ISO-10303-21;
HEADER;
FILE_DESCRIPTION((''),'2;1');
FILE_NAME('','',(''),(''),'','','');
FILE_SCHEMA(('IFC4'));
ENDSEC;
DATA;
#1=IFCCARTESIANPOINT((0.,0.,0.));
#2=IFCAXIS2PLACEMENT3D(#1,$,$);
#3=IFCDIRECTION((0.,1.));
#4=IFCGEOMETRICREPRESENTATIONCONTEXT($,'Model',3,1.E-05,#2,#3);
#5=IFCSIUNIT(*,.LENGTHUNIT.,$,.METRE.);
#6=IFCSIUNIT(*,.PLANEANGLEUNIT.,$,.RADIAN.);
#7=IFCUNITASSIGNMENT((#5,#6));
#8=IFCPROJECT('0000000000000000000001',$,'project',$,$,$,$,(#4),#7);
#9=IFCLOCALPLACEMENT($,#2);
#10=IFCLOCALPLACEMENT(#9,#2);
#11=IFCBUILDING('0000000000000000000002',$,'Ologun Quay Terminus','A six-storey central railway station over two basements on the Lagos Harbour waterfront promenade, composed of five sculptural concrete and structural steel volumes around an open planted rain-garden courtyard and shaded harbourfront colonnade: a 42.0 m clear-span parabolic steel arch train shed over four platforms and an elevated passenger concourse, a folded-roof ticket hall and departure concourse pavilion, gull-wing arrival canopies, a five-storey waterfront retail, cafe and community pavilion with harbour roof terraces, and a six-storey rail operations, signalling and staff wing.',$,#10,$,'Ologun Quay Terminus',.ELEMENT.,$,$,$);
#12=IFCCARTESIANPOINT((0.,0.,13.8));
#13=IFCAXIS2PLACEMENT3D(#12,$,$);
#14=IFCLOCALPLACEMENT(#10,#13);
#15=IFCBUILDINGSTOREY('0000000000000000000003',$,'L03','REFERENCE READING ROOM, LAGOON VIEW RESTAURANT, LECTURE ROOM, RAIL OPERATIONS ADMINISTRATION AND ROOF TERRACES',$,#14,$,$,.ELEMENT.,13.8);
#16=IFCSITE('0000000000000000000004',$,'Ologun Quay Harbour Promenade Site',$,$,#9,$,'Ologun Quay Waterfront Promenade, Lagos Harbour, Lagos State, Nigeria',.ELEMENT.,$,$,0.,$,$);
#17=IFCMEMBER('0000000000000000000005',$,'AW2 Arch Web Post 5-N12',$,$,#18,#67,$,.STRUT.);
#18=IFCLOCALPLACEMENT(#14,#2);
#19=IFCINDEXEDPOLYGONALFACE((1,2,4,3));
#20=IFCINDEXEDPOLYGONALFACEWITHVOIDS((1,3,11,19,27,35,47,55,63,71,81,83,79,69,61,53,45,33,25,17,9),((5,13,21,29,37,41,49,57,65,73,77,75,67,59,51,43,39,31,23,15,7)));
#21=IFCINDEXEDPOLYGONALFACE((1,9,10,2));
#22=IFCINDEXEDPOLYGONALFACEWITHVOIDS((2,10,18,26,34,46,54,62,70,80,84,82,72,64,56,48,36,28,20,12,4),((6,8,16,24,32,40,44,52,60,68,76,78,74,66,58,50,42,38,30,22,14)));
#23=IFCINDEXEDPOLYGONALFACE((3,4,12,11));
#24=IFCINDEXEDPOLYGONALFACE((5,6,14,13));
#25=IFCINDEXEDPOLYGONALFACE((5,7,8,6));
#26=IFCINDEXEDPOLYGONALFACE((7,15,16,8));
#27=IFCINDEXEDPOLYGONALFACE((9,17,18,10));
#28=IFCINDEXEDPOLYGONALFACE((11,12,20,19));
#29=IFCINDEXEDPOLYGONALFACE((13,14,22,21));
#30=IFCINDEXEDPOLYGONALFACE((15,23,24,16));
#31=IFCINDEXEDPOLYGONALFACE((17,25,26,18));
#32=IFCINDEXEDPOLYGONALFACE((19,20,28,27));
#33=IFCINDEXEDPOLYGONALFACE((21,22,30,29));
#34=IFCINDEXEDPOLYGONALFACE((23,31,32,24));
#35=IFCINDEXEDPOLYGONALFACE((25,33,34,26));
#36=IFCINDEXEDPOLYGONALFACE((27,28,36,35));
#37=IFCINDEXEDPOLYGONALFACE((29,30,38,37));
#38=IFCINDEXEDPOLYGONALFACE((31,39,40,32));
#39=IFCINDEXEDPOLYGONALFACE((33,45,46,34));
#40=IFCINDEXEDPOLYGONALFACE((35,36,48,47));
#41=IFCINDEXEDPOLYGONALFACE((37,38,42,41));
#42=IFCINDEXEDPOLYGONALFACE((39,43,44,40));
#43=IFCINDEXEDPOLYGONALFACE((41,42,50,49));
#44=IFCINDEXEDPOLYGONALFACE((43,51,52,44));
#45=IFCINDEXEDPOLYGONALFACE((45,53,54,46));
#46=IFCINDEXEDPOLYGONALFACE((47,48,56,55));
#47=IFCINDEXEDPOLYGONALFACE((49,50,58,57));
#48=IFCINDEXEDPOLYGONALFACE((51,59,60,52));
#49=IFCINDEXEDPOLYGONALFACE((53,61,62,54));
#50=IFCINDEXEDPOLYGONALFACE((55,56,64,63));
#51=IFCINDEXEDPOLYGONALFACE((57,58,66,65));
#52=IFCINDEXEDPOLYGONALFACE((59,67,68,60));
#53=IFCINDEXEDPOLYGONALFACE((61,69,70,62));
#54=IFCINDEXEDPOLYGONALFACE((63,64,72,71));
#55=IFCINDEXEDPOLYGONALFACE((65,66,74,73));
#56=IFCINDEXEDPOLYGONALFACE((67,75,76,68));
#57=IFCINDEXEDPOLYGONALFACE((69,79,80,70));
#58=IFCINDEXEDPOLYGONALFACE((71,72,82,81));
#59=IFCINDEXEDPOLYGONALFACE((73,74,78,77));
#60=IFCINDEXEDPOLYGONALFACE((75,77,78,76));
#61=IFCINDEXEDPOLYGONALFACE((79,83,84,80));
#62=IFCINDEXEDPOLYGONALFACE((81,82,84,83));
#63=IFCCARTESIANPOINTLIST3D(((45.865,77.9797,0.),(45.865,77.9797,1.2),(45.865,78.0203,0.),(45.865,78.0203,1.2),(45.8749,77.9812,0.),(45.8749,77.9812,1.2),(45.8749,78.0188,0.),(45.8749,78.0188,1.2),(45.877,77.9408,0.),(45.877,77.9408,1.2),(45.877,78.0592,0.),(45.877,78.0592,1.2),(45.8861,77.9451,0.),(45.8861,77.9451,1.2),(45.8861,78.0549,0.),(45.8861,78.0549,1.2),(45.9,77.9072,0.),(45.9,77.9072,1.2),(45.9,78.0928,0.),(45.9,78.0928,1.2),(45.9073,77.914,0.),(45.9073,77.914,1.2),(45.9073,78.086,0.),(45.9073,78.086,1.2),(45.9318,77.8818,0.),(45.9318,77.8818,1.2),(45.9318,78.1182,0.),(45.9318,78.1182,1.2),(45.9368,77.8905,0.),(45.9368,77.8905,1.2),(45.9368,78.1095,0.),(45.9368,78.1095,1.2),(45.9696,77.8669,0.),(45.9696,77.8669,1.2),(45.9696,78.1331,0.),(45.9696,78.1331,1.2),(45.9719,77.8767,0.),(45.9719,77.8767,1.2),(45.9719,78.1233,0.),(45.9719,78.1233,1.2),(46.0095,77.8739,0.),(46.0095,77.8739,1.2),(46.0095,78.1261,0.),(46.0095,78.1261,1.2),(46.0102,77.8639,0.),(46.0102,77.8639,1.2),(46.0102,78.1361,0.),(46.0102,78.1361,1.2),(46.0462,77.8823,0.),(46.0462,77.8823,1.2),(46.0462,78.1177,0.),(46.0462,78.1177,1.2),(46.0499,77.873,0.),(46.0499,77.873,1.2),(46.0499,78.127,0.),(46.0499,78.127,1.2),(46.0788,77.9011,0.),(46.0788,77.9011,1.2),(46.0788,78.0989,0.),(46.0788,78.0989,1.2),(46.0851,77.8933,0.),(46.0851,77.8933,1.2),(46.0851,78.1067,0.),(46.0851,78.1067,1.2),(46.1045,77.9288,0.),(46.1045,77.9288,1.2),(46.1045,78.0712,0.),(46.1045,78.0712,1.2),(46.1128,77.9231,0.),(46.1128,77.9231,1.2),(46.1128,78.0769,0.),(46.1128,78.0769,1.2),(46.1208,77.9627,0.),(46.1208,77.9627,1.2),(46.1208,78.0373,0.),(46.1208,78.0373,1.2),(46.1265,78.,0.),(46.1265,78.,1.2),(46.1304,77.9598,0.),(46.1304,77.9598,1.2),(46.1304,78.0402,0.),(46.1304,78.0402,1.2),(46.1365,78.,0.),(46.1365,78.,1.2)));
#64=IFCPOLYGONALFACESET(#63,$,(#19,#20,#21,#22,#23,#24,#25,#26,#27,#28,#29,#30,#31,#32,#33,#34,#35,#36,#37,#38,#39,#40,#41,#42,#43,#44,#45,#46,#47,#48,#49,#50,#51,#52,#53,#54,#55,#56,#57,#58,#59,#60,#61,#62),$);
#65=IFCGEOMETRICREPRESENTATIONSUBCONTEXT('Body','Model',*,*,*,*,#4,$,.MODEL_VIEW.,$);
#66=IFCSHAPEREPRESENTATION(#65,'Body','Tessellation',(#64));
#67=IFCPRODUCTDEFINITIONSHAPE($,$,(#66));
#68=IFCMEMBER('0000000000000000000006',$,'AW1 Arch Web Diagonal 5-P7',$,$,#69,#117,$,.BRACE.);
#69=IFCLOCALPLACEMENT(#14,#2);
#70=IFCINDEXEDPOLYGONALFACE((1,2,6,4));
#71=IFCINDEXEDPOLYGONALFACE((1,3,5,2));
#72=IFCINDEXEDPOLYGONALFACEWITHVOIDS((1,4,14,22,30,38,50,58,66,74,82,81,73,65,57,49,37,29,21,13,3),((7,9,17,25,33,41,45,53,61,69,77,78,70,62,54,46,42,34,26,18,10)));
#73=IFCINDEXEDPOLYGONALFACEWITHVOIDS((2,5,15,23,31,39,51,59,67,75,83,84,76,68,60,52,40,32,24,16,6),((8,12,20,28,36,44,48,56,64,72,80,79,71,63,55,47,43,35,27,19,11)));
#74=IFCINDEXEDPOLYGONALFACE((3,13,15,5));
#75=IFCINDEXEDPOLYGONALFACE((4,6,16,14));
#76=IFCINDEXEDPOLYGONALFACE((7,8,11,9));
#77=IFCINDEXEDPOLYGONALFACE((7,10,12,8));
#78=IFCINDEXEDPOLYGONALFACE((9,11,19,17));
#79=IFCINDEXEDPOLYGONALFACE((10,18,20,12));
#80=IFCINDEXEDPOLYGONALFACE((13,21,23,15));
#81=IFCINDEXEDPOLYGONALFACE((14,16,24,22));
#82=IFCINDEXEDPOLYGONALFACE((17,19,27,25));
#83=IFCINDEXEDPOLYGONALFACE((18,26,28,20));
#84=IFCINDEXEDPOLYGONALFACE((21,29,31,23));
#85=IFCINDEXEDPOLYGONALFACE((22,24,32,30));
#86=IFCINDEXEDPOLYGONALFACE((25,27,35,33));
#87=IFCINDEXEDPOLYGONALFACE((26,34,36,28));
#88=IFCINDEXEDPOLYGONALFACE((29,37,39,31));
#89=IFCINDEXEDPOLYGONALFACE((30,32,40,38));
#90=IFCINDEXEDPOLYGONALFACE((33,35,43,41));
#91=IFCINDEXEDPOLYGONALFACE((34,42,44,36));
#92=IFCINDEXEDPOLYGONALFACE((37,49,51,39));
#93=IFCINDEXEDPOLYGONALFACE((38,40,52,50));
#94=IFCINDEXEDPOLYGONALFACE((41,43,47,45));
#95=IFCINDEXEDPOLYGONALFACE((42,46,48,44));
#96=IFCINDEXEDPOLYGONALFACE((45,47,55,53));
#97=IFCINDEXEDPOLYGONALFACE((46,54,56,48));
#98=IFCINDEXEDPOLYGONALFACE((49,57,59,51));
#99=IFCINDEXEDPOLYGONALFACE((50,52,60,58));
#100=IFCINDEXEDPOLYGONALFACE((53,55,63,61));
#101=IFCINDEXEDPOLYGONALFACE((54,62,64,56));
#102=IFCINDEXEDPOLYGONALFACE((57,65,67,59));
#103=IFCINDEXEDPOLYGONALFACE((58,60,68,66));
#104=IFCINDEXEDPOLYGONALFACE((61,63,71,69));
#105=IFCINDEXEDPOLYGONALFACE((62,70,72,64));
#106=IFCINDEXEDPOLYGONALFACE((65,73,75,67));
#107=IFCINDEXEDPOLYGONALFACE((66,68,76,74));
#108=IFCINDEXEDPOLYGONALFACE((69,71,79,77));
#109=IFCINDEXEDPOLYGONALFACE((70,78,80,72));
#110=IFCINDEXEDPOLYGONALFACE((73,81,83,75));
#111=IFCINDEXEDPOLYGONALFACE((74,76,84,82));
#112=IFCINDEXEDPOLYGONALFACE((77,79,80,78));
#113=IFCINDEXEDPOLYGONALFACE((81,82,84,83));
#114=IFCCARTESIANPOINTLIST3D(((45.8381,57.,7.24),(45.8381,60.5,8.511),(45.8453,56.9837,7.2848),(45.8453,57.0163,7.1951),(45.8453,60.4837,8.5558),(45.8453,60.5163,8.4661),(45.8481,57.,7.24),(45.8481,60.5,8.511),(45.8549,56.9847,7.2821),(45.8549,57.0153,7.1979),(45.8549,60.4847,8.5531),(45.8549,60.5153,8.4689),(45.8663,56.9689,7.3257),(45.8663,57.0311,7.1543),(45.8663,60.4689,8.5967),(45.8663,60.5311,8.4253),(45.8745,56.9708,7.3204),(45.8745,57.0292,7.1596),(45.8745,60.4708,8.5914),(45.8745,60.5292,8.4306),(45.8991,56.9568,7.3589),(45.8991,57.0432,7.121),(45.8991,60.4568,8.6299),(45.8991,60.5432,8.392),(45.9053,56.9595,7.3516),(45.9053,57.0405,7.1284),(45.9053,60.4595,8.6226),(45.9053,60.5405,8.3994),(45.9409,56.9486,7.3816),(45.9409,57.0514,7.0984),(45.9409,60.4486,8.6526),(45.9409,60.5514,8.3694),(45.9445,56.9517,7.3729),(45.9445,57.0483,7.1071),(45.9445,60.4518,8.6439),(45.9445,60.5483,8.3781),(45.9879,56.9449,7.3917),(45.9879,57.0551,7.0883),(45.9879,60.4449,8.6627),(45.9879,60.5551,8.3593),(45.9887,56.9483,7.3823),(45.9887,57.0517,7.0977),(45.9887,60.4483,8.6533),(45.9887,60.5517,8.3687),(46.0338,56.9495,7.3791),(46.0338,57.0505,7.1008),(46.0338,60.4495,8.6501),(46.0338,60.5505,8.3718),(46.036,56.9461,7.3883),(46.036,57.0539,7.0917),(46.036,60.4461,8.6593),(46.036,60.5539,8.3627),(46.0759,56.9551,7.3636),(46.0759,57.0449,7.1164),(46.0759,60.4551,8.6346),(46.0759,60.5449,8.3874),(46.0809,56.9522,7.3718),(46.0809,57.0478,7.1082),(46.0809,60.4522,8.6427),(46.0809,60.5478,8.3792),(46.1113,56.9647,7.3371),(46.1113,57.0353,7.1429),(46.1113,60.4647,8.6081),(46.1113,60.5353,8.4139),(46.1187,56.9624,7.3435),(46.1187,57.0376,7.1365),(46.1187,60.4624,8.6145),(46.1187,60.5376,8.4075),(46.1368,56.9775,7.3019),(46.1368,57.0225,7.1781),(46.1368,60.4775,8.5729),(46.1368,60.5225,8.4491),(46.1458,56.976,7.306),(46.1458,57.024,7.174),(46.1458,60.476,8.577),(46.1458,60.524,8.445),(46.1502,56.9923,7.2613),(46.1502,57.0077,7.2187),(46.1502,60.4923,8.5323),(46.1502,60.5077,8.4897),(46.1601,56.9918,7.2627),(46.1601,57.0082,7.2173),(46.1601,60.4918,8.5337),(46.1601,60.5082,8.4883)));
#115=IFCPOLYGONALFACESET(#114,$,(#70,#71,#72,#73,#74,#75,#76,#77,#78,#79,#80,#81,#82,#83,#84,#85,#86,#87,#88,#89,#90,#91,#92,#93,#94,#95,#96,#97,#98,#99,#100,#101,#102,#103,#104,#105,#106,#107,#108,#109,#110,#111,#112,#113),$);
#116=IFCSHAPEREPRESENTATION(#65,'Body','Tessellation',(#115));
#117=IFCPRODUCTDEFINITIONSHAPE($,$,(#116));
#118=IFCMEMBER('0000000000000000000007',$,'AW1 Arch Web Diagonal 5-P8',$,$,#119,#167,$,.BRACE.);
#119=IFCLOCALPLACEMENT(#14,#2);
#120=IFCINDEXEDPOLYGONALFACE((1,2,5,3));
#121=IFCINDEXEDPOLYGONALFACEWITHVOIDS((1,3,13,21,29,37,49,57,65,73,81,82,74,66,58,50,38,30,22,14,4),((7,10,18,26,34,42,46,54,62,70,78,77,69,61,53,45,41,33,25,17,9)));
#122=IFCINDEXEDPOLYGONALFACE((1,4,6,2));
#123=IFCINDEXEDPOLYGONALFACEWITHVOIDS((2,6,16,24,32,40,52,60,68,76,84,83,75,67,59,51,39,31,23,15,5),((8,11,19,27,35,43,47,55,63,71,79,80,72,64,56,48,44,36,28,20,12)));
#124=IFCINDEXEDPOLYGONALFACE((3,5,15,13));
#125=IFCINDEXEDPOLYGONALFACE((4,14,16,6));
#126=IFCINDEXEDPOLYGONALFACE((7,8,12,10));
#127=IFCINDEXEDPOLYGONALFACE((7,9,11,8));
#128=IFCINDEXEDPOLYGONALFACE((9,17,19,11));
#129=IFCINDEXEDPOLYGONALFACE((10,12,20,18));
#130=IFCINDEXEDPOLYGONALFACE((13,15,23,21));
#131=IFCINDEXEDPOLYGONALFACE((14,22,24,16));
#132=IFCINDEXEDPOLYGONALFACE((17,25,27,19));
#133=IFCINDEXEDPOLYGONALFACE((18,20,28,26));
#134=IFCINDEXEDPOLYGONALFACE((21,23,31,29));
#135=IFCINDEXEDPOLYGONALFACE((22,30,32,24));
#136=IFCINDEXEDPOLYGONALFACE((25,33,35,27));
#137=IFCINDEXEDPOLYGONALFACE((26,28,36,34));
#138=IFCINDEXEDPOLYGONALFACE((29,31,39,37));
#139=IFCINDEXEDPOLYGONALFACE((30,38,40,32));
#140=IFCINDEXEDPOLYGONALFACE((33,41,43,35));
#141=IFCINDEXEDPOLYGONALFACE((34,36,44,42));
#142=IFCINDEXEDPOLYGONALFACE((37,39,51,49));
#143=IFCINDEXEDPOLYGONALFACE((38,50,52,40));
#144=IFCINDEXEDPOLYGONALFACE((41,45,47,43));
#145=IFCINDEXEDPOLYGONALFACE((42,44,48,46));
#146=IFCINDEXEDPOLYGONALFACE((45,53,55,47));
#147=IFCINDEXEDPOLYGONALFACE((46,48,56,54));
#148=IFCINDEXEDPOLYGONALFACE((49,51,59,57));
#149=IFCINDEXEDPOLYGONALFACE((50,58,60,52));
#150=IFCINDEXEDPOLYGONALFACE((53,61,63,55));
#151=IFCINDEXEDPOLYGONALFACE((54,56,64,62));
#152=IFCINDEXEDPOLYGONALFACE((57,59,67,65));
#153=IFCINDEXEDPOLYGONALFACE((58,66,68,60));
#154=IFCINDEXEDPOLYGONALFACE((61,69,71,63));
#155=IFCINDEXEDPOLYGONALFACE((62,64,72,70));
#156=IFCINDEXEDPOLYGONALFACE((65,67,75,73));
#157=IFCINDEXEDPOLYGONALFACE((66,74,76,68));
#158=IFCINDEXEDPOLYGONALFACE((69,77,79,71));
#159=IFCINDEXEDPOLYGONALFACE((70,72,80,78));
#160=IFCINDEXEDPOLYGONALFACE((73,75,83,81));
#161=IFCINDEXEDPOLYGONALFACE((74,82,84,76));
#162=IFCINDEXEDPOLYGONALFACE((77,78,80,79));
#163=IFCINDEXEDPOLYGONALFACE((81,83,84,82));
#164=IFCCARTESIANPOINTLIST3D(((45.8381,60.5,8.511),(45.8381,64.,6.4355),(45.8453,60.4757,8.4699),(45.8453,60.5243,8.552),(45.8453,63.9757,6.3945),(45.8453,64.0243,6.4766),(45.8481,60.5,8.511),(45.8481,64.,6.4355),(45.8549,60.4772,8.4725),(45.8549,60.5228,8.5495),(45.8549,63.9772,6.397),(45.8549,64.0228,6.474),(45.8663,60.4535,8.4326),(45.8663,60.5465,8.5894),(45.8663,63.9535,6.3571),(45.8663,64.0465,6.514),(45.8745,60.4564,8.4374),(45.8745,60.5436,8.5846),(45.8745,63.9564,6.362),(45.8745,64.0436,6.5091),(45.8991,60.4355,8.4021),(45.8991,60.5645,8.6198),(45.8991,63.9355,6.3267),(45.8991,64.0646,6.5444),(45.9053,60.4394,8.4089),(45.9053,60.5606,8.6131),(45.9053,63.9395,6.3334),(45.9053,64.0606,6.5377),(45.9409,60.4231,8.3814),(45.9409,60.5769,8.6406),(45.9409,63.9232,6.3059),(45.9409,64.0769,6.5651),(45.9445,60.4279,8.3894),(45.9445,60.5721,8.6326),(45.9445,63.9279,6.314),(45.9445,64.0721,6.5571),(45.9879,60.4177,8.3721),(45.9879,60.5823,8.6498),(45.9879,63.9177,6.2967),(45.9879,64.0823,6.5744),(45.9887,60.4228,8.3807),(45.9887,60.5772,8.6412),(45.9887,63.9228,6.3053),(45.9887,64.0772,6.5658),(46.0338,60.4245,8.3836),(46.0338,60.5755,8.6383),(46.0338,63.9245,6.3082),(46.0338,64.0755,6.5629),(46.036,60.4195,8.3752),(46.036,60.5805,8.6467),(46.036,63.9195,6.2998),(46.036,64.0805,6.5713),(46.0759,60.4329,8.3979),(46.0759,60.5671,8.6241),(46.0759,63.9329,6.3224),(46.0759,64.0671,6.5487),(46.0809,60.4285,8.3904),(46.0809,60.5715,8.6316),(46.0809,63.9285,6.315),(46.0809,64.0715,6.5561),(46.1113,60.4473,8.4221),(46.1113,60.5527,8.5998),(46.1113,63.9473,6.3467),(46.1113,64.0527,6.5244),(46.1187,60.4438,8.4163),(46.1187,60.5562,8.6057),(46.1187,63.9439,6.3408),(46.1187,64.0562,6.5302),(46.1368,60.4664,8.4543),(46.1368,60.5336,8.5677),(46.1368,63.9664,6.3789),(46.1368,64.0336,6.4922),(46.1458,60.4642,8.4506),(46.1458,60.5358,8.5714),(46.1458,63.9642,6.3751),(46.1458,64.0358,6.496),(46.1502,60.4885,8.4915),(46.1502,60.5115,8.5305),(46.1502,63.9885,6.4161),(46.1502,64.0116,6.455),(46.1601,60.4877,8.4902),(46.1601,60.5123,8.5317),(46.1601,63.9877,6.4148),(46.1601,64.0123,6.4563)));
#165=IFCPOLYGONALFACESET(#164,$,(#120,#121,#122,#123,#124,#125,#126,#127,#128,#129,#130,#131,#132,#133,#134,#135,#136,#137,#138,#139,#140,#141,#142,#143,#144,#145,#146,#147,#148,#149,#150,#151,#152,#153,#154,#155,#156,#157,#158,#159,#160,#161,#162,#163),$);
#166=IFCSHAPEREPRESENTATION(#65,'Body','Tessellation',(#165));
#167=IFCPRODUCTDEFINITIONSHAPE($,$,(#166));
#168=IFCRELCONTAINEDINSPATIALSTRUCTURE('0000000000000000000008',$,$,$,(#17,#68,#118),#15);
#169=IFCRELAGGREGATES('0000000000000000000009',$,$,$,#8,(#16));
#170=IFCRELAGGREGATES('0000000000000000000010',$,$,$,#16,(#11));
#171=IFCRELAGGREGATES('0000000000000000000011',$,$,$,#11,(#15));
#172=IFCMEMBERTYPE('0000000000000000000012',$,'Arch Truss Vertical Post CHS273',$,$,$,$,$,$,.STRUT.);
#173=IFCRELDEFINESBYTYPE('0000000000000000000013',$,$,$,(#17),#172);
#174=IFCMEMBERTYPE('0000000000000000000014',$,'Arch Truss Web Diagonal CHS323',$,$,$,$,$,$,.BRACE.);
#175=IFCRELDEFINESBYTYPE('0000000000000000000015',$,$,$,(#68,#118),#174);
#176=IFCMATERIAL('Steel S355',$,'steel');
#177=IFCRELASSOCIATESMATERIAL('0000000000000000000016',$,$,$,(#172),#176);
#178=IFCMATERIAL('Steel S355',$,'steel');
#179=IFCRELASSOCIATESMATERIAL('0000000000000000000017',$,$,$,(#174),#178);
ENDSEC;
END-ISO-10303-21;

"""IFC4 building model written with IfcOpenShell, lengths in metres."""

from ifc_helpers import new_model, si_unit, direction, frame, origin, origin_2d, place, context, subcontext, project, spatial, hollow_circle, extrude, material, material_profile, profile_set, type_object, element, save


model = new_model("IFC4")

# Units and contexts
model_context = context("Model", 3, precision=1e-05, world=origin(), true_north=direction((0.0, 1.0)))
body_context = subcontext(model_context, "Body", "Model", "MODEL_VIEW")
ifc_project = project(units=[si_unit("LENGTHUNIT", "METRE"), si_unit("PLANEANGLEUNIT", "RADIAN")], contexts=[model_context])

# Site, building, storey
site_placement = place(None, origin())
site = spatial("IfcSite", under=ifc_project, at=site_placement, Name="Ologun Quay Harbour Promenade Site", LongName="Ologun Quay Waterfront Promenade, Lagos Harbour, Lagos State, Nigeria", CompositionType="ELEMENT", RefElevation=0.0)
building_placement = place(site_placement, origin())
building = spatial("IfcBuilding", under=site, at=building_placement, Name="Ologun Quay Terminus", Description="A six-storey central railway station over two basements on the Lagos Harbour waterfront promenade, composed of five sculptural concrete and structural steel volumes around an open planted rain-garden courtyard and shaded harbourfront colonnade: a 42.0 m clear-span parabolic steel arch train shed over four platforms and an elevated passenger concourse, a folded-roof ticket hall and departure concourse pavilion, gull-wing arrival canopies, a five-storey waterfront retail, cafe and community pavilion with harbour roof terraces, and a six-storey rail operations, signalling and staff wing.", LongName="Ologun Quay Terminus", CompositionType="ELEMENT")
storey_placement = place(building_placement, frame((0.0, 0.0, 13.8)))
storey = spatial("IfcBuildingStorey", under=building, at=storey_placement, Name="L03", Description="REFERENCE READING ROOM, LAGOON VIEW RESTAURANT, LECTURE ROOM, RAIL OPERATIONS ADMINISTRATION AND ROOF TERRACES", CompositionType="ELEMENT", Elevation=13.8)

# Members
ifc_material_1 = material(Name="Steel S355", Category="steel")
ifc_material_profile_1 = material_profile(ifc_material_1, hollow_circle(Radius=0.1365, WallThickness=0.01, at=origin_2d()), Name="CHS 273x10")
ifc_profile_set_1 = profile_set([ifc_material_profile_1], Name="Steel S355")
member_type_1 = type_object("IfcMemberType", Name="Arch Truss Vertical Post CHS273", PredefinedType="STRUT", material=ifc_profile_set_1)
member_1_placement = place(storey_placement, frame((46.0, 78.0, 0.0), z_axis=(0.0, 0.0, 1.0), x_axis=(1.0, 0.0, 0.0)))
element("IfcMember", 1, at=member_1_placement, inside=storey, type_object=member_type_1, Name="AW2 Arch Web Post 5-N12", PredefinedType="STRUT", context=body_context, shape_type="SweptSolid", body=[
    extrude(hollow_circle(Radius=0.1365, WallThickness=0.01, at=origin_2d()), origin(), (0.0, 0.0, 1.0), 1.2),
])
ifc_material_2 = material(Name="Steel S355", Category="steel")
ifc_material_profile_2 = material_profile(ifc_material_2, hollow_circle(Radius=0.1619, WallThickness=0.01, at=origin_2d()), Name="CHS 323.9x10")
ifc_profile_set_2 = profile_set([ifc_material_profile_2], Name="Steel S355")
member_type_2 = type_object("IfcMemberType", Name="Arch Truss Web Diagonal CHS323", PredefinedType="BRACE", material=ifc_profile_set_2)
member_2_placement = place(storey_placement, frame((46.0, 57.0, 7.24), z_axis=(0.0, 0.939943, 0.341332), x_axis=(-1.0, 0.0, 0.0)))
element("IfcMember", 2, at=member_2_placement, inside=storey, type_object=member_type_2, Name="AW1 Arch Web Diagonal 5-P7", PredefinedType="BRACE", context=body_context, shape_type="SweptSolid", body=[
    extrude(hollow_circle(Radius=0.1619, WallThickness=0.01, at=origin_2d()), origin(), (0.0, 0.0, 1.0), 3.7236),
])
member_3_placement = place(storey_placement, frame((46.0, 60.5, 8.511), z_axis=(0.0, 0.860144, -0.510051), x_axis=(-1.0, 0.0, 0.0)))
element("IfcMember", 3, at=member_3_placement, inside=storey, type_object=member_type_2, Name="AW1 Arch Web Diagonal 5-P8", PredefinedType="BRACE", context=body_context, shape_type="SweptSolid", body=[
    extrude(hollow_circle(Radius=0.1619, WallThickness=0.01, at=origin_2d()), origin(), (0.0, 0.0, 1.0), 4.0691),
])

save(model, "model.ifc")
